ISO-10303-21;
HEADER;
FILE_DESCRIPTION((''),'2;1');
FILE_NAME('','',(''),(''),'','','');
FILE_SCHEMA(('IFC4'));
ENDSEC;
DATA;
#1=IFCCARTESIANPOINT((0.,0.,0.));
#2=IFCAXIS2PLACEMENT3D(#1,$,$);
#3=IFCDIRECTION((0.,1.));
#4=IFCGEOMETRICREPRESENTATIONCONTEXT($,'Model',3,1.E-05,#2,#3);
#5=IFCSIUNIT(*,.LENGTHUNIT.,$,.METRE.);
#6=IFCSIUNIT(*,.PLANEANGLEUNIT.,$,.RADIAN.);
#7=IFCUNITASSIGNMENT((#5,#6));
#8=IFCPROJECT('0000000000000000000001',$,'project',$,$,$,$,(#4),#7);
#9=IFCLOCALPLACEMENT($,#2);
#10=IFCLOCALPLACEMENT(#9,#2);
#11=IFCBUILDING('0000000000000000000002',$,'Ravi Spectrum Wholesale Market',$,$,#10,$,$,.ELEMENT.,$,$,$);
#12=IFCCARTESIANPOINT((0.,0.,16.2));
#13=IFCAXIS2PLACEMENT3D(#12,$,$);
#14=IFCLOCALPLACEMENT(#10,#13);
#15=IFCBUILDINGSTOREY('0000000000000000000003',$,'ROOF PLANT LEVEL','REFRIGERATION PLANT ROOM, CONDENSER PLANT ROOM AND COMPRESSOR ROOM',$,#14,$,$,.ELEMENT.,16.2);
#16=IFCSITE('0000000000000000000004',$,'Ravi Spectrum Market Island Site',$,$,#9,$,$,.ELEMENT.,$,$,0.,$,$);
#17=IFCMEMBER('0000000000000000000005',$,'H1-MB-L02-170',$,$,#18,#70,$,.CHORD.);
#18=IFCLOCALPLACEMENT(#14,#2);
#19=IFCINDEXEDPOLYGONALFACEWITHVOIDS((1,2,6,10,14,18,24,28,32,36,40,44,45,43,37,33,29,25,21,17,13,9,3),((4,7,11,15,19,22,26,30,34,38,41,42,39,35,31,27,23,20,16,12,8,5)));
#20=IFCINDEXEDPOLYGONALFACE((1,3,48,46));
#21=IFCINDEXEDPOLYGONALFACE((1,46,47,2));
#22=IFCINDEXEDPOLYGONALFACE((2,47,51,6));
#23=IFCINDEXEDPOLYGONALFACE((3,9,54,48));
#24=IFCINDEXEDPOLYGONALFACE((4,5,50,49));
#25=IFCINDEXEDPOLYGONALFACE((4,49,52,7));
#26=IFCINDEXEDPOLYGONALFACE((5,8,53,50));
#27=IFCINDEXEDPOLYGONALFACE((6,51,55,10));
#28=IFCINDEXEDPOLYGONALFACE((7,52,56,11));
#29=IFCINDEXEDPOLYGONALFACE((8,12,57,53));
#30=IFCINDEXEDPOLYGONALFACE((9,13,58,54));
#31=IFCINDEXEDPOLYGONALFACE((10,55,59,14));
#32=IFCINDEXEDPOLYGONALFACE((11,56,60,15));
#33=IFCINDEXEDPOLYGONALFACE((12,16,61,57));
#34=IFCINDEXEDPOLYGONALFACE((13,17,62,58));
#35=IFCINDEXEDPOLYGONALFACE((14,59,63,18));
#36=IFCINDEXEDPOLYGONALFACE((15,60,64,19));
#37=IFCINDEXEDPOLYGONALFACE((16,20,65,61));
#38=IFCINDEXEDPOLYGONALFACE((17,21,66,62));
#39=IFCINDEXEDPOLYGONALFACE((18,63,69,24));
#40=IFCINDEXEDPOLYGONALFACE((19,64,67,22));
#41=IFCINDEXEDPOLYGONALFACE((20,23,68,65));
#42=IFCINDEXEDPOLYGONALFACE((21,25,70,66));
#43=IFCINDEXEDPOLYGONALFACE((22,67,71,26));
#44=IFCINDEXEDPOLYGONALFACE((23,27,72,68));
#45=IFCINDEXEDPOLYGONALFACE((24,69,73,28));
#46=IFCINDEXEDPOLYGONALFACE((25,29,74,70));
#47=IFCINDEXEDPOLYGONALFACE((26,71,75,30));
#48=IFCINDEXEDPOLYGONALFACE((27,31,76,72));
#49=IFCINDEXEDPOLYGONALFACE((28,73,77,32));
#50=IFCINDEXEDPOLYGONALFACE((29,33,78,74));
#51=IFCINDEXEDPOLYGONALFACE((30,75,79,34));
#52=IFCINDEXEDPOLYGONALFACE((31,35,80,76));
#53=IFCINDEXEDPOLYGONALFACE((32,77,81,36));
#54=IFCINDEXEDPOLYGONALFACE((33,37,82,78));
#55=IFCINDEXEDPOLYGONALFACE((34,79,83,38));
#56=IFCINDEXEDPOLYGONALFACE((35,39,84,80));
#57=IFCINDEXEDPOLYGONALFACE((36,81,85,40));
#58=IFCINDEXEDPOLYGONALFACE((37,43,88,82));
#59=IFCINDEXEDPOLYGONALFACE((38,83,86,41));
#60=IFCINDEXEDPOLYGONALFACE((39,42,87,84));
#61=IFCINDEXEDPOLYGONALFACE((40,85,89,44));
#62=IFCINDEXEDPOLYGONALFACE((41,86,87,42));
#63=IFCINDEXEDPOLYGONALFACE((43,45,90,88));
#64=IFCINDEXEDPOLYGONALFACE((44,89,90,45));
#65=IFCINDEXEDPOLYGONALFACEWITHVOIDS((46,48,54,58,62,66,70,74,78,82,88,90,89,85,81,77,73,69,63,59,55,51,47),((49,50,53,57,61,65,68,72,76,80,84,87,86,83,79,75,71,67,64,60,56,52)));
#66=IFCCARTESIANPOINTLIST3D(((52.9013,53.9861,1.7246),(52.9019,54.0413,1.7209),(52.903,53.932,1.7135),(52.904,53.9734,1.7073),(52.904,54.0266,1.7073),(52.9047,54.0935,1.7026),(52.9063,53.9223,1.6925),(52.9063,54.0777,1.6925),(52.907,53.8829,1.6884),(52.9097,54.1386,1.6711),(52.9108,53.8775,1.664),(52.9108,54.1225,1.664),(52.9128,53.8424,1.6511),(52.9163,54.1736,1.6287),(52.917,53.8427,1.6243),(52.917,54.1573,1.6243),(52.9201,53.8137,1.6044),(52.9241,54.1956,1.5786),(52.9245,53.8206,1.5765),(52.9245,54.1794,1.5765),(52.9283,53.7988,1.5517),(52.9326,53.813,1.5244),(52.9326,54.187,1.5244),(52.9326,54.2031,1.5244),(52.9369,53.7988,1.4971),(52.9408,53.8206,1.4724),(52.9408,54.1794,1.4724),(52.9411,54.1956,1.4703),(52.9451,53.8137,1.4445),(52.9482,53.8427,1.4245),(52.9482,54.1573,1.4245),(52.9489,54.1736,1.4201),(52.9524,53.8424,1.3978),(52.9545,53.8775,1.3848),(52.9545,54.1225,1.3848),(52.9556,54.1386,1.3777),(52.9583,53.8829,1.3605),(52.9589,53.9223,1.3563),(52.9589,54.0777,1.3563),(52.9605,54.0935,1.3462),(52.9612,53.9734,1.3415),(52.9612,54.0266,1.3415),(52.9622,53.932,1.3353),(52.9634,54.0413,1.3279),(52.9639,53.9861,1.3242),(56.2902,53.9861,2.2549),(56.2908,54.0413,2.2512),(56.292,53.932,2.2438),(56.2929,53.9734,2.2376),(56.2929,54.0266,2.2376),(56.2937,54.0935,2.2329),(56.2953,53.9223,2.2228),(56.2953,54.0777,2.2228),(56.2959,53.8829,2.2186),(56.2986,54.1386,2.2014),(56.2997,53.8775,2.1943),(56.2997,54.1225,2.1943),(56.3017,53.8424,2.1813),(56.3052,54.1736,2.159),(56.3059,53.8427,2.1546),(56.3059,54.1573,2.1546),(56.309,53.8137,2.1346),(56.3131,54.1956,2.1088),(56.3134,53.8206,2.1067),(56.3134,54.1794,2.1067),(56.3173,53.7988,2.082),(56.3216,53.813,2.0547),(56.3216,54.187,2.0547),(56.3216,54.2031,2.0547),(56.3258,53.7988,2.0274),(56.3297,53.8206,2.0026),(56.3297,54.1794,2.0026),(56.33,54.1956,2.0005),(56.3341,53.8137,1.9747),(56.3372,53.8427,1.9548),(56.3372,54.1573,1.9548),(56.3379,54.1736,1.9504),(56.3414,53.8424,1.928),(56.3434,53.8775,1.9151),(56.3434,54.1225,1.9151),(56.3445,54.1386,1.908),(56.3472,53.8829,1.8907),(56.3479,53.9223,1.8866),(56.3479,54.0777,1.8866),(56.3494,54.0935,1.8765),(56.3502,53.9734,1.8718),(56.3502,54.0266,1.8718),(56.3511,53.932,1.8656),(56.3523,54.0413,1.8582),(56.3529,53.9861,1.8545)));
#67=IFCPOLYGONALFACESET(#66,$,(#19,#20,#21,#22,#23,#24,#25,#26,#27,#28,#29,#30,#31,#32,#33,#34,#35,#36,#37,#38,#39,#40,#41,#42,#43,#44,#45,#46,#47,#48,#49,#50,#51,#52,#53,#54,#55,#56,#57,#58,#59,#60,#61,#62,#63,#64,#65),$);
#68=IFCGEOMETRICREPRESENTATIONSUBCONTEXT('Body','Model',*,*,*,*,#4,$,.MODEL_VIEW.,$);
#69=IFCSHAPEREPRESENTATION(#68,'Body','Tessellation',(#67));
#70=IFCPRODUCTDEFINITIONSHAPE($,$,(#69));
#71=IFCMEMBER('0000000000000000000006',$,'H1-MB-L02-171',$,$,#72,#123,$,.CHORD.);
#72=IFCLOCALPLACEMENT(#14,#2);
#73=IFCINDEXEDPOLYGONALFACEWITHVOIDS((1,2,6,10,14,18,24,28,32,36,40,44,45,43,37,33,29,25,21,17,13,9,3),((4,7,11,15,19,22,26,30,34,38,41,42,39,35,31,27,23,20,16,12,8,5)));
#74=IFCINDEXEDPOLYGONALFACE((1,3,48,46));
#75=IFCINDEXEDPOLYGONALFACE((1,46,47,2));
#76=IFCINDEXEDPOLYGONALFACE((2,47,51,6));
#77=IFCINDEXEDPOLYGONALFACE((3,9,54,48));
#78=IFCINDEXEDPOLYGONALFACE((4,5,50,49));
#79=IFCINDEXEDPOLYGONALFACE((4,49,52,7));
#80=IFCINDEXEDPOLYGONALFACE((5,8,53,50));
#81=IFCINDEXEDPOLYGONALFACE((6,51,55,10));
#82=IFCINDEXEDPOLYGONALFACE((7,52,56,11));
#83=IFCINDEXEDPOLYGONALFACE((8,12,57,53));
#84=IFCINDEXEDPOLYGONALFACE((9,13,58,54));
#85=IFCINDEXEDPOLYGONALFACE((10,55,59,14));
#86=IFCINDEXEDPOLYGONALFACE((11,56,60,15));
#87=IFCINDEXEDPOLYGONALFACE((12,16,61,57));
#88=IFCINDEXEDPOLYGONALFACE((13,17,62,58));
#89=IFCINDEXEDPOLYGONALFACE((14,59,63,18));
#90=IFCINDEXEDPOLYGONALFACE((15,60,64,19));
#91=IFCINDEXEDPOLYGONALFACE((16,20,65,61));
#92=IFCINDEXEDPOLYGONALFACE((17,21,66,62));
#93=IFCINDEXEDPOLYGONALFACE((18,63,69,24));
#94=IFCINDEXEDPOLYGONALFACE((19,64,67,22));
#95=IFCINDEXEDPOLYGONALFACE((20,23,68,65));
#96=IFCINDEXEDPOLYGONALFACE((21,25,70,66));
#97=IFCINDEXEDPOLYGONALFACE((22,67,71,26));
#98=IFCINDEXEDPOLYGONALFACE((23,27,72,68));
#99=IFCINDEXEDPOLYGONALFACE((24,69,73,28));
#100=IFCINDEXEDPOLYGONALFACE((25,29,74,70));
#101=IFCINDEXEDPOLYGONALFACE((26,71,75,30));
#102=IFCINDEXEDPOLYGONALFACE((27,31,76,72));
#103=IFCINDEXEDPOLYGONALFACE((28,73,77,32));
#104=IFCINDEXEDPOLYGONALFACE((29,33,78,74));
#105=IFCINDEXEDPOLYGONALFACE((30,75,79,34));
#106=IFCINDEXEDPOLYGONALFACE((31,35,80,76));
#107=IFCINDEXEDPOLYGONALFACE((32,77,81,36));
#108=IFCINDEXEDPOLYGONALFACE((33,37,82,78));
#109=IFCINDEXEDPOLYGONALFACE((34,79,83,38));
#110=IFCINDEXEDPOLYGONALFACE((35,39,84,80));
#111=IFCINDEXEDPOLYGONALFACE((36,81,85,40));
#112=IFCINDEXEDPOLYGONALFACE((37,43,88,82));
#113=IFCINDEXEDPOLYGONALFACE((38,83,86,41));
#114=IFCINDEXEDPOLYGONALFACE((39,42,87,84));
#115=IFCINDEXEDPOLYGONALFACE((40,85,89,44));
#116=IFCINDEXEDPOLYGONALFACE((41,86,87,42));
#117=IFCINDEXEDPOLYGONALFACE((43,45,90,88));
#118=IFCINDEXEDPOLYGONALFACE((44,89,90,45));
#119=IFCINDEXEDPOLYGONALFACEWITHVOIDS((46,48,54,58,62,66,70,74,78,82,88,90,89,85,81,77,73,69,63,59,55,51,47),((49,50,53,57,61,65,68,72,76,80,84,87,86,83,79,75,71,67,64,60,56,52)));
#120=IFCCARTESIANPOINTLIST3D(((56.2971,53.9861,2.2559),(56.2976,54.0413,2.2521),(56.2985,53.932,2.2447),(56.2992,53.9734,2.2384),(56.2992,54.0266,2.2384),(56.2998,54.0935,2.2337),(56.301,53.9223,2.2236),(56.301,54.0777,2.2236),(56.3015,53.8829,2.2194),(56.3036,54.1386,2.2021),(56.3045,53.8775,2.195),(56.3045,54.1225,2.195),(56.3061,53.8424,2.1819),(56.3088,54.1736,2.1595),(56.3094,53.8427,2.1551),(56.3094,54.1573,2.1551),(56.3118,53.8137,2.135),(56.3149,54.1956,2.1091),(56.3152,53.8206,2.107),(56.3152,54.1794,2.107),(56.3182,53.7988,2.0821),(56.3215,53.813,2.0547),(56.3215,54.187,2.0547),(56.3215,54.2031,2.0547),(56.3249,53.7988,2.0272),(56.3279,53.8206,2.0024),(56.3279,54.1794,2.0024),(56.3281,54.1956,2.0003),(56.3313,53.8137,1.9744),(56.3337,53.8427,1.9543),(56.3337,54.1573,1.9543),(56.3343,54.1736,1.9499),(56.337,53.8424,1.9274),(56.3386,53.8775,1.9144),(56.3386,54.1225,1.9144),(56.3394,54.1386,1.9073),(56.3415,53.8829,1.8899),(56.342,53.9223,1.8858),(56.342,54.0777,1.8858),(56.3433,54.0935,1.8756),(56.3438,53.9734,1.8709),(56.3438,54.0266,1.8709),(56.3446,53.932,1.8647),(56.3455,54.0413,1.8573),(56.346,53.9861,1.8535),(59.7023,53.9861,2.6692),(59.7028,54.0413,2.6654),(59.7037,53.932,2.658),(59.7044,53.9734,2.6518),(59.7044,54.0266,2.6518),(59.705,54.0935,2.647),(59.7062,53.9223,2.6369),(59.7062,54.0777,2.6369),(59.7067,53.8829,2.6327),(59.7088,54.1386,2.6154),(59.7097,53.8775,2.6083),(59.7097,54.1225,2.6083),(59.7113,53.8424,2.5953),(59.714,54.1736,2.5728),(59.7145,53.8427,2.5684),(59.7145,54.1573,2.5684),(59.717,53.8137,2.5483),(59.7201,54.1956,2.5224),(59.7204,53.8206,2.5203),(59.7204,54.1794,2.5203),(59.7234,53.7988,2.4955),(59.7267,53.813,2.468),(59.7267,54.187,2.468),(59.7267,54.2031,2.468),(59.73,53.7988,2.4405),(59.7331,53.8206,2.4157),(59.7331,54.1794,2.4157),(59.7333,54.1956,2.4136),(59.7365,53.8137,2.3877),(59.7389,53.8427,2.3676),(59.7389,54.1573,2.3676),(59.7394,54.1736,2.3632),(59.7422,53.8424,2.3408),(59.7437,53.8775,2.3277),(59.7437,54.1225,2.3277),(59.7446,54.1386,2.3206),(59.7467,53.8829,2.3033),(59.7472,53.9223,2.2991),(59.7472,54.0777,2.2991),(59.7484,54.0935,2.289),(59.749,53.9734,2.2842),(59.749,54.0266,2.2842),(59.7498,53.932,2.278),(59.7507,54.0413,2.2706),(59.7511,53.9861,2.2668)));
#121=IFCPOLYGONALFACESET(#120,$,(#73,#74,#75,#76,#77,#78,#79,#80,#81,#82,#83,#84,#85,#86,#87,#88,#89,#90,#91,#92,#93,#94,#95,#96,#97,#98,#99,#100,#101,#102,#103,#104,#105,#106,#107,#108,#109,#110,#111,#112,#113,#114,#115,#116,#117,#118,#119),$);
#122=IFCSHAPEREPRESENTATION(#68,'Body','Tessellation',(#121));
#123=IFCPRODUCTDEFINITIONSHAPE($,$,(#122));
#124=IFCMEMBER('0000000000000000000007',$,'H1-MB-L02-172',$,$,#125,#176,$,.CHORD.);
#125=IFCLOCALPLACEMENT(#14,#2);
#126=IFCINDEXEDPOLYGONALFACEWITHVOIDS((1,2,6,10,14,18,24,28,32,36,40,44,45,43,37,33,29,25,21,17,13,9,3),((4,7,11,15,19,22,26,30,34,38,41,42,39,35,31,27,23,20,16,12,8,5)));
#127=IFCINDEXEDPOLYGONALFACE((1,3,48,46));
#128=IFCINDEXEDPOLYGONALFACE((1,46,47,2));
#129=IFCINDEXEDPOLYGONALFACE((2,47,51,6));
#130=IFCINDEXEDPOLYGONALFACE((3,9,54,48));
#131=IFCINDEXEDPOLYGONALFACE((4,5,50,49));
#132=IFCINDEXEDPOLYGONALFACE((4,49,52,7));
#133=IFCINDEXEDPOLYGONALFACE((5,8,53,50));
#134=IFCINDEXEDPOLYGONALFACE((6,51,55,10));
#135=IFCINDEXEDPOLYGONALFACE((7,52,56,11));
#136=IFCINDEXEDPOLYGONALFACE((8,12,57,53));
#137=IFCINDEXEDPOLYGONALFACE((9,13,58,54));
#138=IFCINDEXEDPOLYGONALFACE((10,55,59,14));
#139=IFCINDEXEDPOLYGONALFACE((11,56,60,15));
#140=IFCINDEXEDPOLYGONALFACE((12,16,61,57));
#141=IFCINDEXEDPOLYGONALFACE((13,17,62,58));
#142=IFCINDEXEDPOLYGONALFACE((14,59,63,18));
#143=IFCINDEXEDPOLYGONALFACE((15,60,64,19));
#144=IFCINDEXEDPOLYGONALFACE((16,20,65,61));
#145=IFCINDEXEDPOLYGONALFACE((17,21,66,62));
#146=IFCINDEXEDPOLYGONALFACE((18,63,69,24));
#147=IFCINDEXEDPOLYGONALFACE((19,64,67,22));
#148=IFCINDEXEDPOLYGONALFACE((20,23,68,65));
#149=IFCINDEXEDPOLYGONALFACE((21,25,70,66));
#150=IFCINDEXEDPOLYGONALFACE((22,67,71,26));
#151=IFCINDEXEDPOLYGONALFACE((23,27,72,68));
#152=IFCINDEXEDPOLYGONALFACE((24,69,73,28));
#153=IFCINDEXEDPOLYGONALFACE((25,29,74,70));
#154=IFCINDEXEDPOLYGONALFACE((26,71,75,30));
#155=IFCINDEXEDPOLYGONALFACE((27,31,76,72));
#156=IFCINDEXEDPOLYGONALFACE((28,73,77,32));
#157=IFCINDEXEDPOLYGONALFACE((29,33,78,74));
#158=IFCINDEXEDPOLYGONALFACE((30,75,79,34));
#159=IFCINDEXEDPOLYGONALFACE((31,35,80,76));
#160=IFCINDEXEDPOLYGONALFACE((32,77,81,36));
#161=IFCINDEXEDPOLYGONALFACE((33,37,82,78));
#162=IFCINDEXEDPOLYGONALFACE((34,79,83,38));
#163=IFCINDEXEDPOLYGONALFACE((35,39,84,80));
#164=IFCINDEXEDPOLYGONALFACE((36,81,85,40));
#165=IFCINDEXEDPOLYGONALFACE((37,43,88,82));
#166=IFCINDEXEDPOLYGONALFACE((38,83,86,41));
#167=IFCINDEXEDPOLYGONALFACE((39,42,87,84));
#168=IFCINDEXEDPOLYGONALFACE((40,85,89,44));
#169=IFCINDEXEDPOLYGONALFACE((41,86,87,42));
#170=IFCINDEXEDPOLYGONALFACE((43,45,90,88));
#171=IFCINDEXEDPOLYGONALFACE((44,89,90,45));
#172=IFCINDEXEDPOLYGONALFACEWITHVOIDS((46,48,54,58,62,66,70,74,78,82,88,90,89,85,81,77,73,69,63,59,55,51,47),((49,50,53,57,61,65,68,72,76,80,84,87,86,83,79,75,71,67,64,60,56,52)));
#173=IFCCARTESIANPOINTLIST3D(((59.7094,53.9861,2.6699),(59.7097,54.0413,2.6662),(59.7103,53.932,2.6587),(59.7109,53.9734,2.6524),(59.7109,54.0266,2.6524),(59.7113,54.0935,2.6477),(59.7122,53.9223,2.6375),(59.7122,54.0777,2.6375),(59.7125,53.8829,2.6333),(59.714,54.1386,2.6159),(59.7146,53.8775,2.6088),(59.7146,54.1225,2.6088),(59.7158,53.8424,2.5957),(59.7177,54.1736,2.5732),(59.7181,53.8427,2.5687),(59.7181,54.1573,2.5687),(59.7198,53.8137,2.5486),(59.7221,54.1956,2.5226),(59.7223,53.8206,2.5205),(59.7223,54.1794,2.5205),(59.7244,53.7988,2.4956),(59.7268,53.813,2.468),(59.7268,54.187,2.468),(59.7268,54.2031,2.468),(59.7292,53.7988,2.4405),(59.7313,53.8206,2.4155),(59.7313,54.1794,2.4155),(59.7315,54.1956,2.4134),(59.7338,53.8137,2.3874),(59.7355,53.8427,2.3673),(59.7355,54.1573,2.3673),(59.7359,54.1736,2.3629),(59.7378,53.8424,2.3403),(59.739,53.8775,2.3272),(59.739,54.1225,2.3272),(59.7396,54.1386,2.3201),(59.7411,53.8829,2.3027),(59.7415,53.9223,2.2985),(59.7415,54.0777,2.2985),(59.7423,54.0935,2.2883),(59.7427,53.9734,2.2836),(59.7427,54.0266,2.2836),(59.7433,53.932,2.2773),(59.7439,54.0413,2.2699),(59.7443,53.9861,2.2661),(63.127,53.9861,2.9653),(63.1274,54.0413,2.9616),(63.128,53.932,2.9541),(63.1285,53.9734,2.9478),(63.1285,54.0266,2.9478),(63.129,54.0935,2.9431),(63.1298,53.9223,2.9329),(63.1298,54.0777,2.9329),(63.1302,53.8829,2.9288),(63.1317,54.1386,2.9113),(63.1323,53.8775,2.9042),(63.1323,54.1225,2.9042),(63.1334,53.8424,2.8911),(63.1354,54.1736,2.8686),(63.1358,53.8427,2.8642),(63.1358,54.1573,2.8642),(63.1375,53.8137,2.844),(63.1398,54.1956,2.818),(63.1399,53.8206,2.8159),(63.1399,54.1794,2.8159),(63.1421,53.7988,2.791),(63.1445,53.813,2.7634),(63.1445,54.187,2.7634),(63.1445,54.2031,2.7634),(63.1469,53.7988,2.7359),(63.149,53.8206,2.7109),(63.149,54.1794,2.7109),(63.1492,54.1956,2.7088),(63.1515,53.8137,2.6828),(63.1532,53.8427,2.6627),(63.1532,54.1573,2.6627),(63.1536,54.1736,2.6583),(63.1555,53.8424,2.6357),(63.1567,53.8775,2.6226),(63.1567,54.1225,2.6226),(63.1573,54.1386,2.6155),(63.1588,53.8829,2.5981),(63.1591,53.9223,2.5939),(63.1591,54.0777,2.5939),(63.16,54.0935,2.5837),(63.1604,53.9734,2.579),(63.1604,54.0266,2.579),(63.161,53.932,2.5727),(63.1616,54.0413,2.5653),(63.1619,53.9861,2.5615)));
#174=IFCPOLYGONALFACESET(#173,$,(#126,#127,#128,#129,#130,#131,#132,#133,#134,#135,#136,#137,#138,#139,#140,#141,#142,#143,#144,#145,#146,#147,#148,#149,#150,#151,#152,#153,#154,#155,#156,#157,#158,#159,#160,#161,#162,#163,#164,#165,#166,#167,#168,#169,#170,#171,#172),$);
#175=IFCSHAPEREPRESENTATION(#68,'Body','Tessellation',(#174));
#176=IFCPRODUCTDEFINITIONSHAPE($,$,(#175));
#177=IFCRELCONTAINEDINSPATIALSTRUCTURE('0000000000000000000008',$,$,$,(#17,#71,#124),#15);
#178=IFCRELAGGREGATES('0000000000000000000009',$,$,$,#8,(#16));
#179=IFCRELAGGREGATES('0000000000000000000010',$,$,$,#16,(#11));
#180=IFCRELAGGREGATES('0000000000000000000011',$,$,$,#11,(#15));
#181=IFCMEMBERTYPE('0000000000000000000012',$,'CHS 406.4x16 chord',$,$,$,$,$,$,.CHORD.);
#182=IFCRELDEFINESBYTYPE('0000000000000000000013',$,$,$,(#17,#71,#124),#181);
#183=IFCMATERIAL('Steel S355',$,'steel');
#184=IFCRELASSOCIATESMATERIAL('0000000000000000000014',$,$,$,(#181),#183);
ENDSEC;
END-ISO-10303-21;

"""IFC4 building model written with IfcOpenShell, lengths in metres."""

from ifc_helpers import new_model, si_unit, direction, frame, origin, origin_2d, place, context, subcontext, project, spatial, hollow_circle, extrude, material, material_profile, profile_set, type_object, element, save


model = new_model("IFC4")

# Units and contexts
model_context = context("Model", 3, precision=1e-05, world=origin(), true_north=direction((0.0, 1.0)))
body_context = subcontext(model_context, "Body", "Model", "MODEL_VIEW")
ifc_project = project(units=[si_unit("LENGTHUNIT", "METRE"), si_unit("PLANEANGLEUNIT", "RADIAN")], contexts=[model_context])

# Site, building, storey
site_placement = place(None, origin())
site = spatial("IfcSite", under=ifc_project, at=site_placement, Name="Ravi Spectrum Market Island Site", CompositionType="ELEMENT", RefElevation=0.0)
building_placement = place(site_placement, origin())
building = spatial("IfcBuilding", under=site, at=building_placement, Name="Ravi Spectrum Wholesale Market", CompositionType="ELEMENT")
storey_placement = place(building_placement, frame((0.0, 0.0, 16.2)))
storey = spatial("IfcBuildingStorey", under=building, at=storey_placement, Name="ROOF PLANT LEVEL", Description="REFRIGERATION PLANT ROOM, CONDENSER PLANT ROOM AND COMPRESSOR ROOM", CompositionType="ELEMENT", Elevation=16.2)

# Members
ifc_material_1 = material(Name="Steel S355", Category="steel")
ifc_material_profile_1 = material_profile(ifc_material_1, hollow_circle(Radius=0.2031, WallThickness=0.0161, at=origin_2d()))
ifc_profile_set_1 = profile_set([ifc_material_profile_1], Name="Steel S355")
member_type_1 = type_object("IfcMemberType", Name="CHS 406.4x16 chord", PredefinedType="CHORD", material=ifc_profile_set_1)
for number, where, z_axis, x_axis, name in (
    (1, (52.9326, 54.0, 1.5244), (0.987978, 0.0, 0.154592), (0.0, 1.0, 0.0), "H1-MB-L02-170"),
    (2, (56.3215, 54.0, 2.0547), (0.992714, 0.0, 0.120495), (0.0, 1.0, 0.0), "H1-MB-L02-171"),
):
    element("IfcMember", number, at=place(storey_placement, frame(where, z_axis=z_axis, x_axis=x_axis)), inside=storey, type_object=member_type_1, Name=name, PredefinedType="CHORD", context=body_context, shape_type="SweptSolid", body=[
        extrude(hollow_circle(Radius=0.2031, WallThickness=0.0161, at=origin_2d()), origin(), (0.0, 0.0, 1.0), 3.4302),
    ])
for number, where, z_axis, x_axis, name in (
    (3, (59.7268, 54.0, 2.468), (0.996285, 0.0, 0.086114), (0.0, 1.0, 0.0), "H1-MB-L02-172"),
):
    element("IfcMember", number, at=place(storey_placement, frame(where, z_axis=z_axis, x_axis=x_axis)), inside=storey, type_object=member_type_1, Name=name, PredefinedType="CHORD", context=body_context, shape_type="SweptSolid", body=[
        extrude(hollow_circle(Radius=0.2031, WallThickness=0.0161, at=origin_2d()), origin(), (0.0, 0.0, 1.0), 3.4304),
    ])

save(model, "model.ifc")
